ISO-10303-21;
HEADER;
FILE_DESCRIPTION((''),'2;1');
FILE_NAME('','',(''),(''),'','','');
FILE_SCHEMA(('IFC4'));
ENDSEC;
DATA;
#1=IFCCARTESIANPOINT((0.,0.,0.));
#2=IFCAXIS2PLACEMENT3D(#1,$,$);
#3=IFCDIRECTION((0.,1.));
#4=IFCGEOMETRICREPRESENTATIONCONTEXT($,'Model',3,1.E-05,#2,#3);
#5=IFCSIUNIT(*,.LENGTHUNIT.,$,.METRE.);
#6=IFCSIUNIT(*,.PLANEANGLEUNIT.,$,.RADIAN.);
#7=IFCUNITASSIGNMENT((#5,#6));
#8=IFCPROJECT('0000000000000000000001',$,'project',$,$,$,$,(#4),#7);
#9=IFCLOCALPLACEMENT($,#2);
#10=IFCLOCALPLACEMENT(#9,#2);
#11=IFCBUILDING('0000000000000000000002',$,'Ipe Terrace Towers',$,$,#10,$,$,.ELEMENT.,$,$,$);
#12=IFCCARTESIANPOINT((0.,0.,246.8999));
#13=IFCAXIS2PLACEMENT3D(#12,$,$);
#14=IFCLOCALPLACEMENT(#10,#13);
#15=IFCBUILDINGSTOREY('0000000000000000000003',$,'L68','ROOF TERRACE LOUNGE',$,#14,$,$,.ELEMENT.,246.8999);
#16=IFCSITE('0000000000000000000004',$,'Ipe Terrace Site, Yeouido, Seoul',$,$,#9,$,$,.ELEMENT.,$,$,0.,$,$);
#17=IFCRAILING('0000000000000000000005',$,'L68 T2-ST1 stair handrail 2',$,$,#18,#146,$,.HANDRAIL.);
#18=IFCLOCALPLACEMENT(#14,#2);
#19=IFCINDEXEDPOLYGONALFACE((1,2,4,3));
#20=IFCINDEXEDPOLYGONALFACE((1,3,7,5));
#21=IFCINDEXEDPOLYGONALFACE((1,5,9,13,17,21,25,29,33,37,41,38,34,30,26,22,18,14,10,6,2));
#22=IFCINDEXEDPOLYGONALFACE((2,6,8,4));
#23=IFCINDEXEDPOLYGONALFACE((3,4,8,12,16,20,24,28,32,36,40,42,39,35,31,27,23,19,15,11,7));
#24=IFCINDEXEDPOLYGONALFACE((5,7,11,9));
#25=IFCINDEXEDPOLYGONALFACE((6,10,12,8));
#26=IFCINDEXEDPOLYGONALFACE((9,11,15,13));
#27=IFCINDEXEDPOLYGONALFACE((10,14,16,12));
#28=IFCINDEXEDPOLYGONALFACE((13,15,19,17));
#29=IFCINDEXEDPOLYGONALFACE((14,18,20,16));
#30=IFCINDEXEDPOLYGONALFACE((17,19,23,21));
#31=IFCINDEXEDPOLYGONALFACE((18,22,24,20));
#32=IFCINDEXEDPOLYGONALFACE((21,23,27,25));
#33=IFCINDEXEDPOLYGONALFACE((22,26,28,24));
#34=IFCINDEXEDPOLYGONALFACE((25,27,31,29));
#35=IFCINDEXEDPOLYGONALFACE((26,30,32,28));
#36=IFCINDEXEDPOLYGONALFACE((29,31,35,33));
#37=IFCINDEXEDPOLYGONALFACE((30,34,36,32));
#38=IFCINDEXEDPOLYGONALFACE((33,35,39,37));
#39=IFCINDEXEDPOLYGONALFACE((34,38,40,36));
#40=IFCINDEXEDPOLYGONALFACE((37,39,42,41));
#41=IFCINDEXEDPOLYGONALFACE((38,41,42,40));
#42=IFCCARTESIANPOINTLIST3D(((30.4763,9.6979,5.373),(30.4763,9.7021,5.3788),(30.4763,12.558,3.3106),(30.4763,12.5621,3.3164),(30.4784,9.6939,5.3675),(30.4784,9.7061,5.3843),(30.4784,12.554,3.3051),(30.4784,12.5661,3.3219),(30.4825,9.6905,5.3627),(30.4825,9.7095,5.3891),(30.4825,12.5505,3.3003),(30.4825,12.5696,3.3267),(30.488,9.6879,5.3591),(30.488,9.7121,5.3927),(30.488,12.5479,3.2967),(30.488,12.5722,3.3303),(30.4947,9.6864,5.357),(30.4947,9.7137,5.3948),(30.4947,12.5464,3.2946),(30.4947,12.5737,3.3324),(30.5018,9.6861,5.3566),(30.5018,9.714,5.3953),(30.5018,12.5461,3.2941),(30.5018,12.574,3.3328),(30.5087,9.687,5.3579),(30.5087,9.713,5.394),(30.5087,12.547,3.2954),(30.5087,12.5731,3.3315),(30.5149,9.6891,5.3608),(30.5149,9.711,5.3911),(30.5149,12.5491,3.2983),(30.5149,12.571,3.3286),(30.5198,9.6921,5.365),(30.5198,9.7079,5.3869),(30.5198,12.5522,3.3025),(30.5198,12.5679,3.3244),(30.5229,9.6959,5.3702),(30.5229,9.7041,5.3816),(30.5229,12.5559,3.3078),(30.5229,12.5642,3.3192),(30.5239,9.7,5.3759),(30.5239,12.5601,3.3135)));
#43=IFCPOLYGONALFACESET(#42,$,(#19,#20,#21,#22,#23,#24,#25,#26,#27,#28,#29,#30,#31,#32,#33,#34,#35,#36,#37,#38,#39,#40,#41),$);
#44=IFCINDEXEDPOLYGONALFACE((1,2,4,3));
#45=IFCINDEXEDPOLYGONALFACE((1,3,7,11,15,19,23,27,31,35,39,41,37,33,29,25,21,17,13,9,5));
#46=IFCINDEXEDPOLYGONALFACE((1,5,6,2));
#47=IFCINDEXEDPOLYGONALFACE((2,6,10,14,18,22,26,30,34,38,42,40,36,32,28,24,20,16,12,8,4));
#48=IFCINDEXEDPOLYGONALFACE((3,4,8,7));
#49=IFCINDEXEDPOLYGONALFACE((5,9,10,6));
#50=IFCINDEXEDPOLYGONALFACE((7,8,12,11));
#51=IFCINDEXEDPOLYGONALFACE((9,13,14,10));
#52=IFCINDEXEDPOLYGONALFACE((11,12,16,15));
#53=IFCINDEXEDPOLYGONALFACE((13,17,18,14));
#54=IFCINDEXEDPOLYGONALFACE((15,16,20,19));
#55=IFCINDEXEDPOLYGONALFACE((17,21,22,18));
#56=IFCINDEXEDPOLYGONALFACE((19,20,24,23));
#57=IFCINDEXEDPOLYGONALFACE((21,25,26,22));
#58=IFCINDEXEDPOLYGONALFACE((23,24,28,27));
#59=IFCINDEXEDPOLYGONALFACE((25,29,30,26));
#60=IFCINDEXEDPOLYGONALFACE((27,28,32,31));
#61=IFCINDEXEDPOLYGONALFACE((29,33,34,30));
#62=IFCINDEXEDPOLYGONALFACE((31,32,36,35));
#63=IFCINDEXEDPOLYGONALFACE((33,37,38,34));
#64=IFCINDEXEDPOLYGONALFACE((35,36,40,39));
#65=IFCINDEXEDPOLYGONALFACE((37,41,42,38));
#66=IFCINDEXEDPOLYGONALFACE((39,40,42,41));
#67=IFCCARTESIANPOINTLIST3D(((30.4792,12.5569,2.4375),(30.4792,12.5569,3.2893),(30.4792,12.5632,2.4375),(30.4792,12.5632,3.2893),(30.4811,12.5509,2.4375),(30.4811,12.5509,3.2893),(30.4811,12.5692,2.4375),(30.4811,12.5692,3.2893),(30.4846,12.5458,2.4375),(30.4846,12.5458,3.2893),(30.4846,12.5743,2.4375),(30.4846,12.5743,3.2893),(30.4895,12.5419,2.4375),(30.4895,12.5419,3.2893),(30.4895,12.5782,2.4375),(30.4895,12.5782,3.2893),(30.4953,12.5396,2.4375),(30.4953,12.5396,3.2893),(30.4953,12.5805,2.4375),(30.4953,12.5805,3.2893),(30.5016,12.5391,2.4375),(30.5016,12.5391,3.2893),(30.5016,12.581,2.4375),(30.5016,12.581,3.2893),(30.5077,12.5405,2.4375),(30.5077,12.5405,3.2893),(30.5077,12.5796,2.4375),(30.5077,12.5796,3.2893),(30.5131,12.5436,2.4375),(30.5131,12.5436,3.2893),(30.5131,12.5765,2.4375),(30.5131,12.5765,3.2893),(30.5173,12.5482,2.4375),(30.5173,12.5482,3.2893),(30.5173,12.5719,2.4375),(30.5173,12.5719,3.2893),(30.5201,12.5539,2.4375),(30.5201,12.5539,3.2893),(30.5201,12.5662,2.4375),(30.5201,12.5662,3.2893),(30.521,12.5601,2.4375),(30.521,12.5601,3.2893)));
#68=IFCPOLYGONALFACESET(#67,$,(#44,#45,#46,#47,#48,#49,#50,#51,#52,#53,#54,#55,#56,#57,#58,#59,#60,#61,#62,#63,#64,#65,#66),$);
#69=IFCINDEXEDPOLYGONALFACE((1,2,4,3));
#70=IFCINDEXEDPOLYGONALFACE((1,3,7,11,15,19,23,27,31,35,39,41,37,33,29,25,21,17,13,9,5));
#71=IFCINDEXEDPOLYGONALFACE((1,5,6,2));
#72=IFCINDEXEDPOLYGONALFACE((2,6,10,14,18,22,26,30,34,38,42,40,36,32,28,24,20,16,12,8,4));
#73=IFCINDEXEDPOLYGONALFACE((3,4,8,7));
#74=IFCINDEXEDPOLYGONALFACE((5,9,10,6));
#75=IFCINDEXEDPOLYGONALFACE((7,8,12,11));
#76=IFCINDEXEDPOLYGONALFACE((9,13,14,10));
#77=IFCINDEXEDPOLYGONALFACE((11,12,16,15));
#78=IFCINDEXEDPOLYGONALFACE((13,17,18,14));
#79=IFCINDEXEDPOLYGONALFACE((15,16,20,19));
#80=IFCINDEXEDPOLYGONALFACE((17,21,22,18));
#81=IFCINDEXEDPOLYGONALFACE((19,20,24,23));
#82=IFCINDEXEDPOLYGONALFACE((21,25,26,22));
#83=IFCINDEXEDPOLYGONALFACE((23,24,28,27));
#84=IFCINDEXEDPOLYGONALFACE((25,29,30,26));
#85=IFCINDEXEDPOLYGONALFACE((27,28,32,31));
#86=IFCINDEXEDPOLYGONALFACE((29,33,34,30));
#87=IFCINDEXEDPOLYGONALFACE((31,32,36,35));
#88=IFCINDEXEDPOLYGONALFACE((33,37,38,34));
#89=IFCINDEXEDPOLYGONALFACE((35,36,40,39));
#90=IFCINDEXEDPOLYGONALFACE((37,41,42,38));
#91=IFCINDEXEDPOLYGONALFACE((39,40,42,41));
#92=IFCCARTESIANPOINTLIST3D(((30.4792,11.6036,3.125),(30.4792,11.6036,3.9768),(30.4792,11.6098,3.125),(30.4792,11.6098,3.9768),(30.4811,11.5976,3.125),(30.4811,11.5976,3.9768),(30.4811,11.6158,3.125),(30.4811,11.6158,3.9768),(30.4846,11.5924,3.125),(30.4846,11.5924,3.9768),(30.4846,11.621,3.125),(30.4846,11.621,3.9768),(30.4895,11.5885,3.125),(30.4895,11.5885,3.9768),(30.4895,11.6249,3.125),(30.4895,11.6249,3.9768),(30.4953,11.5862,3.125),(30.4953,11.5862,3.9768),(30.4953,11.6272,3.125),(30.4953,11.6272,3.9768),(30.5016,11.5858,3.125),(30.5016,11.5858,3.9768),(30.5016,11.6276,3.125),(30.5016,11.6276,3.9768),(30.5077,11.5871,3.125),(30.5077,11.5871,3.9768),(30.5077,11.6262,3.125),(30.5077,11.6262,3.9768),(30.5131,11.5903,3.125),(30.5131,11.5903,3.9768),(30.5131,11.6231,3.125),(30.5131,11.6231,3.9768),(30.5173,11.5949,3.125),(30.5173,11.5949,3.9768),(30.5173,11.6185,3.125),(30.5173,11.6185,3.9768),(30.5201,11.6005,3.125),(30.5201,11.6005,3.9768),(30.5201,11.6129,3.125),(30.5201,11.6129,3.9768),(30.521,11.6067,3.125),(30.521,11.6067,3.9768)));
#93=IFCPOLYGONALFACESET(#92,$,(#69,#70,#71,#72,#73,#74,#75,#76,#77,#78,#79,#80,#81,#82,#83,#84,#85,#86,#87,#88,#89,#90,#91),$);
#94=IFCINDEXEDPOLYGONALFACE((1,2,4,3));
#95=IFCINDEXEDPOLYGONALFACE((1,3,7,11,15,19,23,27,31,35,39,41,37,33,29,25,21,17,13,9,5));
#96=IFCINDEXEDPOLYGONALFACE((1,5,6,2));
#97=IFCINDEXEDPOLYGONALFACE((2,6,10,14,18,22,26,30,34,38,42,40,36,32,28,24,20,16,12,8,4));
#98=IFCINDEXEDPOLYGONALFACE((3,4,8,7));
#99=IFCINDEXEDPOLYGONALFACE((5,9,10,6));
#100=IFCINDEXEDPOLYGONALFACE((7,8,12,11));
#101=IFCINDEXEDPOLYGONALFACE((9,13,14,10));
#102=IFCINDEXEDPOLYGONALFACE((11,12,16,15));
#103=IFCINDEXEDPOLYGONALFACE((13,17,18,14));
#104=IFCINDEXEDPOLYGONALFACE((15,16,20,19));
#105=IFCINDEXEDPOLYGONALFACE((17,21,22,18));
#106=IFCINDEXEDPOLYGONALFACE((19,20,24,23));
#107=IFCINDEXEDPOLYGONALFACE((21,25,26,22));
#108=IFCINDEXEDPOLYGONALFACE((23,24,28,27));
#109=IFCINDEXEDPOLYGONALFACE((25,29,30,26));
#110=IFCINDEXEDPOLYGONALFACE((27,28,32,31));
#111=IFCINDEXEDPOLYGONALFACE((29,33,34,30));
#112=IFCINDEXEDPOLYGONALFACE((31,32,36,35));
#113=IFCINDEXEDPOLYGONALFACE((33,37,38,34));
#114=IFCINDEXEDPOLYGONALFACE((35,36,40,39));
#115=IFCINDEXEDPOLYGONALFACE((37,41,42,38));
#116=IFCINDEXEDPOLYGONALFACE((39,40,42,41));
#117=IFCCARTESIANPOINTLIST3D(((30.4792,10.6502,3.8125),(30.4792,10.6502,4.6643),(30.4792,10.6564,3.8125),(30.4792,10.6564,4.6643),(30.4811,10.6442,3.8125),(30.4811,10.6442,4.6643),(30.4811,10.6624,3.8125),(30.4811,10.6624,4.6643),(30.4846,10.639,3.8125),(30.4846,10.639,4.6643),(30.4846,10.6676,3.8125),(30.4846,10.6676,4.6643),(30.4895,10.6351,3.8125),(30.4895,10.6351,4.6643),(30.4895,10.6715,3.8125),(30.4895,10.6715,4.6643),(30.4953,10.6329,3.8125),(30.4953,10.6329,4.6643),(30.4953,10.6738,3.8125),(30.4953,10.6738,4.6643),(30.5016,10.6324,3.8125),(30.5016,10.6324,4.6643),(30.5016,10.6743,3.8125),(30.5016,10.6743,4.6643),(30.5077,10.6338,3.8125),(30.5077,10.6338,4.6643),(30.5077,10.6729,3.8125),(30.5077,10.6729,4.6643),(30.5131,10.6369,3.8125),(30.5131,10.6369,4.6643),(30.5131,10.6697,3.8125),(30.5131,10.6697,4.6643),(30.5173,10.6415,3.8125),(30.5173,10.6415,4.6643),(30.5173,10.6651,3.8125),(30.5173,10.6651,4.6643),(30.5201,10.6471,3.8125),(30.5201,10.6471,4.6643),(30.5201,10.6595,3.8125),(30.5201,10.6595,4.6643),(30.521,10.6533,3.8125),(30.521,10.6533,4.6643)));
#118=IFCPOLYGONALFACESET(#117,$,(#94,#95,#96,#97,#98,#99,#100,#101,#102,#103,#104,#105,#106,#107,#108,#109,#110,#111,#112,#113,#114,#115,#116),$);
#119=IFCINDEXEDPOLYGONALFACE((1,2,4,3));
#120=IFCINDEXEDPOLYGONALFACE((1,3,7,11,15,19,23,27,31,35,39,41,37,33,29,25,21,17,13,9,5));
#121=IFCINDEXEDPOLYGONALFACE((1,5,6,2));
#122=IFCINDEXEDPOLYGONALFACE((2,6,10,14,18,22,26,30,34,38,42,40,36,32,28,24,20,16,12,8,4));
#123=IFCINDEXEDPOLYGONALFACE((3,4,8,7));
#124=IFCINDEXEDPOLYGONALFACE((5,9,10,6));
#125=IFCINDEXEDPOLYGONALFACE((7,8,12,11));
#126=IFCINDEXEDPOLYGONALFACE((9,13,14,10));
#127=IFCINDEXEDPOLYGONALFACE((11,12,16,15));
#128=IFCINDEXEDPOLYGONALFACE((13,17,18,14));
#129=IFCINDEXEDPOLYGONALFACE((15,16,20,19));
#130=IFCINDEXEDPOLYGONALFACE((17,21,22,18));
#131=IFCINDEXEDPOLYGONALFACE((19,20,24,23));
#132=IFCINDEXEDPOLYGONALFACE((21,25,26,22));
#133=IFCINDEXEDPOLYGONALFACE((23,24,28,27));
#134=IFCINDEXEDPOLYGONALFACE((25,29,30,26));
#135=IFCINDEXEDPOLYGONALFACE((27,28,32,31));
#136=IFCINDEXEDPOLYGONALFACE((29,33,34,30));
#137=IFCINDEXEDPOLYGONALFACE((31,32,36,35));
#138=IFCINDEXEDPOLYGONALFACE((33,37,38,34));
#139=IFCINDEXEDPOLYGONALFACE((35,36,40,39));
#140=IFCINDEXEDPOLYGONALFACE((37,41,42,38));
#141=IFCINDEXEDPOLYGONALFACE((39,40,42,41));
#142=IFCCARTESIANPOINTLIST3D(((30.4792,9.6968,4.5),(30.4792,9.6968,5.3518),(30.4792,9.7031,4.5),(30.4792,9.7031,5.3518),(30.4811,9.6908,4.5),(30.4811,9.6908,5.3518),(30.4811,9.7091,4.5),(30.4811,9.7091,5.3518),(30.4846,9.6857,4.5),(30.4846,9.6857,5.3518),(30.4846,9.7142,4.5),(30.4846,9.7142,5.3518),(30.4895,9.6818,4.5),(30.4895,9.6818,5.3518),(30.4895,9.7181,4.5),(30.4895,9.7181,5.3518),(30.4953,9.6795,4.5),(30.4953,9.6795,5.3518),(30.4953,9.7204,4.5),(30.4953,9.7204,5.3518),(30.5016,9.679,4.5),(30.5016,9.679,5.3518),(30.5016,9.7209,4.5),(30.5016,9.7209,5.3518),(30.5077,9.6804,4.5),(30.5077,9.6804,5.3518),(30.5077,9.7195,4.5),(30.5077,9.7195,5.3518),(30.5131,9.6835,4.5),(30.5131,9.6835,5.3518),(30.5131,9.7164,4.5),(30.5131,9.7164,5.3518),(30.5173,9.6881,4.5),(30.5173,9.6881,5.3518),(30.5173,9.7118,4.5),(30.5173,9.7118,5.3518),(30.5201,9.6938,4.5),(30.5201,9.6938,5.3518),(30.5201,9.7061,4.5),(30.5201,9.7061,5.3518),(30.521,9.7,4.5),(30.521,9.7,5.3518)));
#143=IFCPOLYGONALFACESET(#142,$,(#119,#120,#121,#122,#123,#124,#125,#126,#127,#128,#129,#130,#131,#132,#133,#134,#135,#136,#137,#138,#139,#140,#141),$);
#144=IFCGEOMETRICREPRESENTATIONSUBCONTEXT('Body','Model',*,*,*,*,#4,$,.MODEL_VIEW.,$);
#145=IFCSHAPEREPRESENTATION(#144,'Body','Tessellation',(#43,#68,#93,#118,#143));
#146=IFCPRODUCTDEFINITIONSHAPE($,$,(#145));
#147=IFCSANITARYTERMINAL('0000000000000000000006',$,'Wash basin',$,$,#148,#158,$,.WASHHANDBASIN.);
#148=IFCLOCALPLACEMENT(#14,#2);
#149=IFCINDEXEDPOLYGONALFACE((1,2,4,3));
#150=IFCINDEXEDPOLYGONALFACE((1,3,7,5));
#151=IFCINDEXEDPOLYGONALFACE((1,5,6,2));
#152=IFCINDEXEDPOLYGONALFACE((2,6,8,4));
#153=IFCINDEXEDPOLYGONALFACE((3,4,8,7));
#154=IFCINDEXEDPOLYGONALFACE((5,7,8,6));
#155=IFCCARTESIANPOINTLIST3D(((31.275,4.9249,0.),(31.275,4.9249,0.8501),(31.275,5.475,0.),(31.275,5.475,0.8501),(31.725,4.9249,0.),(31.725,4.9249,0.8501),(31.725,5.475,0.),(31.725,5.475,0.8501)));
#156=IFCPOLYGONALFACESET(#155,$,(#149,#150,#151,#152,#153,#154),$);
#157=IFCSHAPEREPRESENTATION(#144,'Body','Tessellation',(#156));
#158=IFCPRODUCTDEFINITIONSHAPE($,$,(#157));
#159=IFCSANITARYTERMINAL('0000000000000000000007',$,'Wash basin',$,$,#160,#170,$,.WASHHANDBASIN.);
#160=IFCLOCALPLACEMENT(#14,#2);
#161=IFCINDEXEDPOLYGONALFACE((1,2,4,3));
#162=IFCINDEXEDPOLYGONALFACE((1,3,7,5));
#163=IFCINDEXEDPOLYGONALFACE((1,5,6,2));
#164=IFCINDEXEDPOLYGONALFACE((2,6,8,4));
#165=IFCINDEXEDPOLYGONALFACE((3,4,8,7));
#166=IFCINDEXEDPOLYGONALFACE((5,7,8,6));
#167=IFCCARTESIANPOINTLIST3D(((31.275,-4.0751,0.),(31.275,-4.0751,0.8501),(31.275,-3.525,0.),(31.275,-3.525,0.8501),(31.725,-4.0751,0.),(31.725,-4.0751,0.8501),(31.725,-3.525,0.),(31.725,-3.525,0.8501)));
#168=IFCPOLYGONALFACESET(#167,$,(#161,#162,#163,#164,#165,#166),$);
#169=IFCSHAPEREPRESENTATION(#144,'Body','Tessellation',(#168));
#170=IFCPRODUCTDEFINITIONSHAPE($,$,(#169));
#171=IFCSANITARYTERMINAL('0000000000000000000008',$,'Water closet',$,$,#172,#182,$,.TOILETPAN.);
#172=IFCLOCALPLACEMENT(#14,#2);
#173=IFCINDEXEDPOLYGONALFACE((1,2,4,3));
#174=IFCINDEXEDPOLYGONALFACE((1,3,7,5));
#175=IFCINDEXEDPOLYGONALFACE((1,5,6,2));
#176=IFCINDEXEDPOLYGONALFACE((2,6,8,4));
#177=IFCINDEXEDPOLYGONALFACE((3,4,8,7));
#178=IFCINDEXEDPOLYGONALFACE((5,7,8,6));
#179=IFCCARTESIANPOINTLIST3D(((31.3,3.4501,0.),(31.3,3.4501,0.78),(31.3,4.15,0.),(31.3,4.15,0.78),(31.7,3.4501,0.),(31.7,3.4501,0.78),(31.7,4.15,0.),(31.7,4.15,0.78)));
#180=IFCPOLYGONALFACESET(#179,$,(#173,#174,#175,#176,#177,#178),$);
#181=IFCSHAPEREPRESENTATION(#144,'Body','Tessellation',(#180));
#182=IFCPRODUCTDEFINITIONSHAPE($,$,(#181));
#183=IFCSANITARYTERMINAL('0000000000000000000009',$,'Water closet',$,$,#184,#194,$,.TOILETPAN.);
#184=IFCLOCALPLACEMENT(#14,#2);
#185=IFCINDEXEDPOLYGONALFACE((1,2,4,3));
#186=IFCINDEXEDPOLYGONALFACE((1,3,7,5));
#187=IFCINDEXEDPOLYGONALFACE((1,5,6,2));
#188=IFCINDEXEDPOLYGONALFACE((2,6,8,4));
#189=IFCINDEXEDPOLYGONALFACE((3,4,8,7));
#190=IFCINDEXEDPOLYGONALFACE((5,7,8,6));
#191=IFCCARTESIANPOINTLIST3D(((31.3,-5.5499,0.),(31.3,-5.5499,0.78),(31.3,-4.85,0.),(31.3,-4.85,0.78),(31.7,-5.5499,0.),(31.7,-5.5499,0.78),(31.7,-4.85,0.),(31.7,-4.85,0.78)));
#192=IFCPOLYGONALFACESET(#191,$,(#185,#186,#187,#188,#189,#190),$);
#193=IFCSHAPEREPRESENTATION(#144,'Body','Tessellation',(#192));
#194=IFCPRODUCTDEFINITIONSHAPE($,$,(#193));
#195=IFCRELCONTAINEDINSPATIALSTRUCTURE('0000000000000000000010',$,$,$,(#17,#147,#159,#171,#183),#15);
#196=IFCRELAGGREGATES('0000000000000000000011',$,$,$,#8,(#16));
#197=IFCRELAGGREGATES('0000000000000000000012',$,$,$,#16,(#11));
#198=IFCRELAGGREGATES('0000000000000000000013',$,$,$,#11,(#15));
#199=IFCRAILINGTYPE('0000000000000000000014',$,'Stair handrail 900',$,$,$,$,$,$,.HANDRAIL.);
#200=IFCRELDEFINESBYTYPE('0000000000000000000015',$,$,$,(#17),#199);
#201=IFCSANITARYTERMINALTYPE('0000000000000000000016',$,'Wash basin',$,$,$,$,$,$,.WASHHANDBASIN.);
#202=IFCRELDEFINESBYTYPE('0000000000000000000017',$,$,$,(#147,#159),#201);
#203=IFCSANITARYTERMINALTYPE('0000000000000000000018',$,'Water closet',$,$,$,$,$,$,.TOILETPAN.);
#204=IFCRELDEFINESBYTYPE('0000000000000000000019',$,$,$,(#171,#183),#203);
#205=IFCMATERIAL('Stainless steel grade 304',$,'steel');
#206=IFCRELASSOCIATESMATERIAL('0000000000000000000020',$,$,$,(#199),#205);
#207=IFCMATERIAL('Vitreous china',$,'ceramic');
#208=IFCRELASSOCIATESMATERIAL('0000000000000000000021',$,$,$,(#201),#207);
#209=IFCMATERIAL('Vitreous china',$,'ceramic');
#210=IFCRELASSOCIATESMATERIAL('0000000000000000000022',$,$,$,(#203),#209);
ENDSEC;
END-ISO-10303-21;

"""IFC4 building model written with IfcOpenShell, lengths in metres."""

from ifc_helpers import new_model, si_unit, direction, frame, origin, origin_2d, place, context, subcontext, project, spatial, rectangle, circle, extrude, material, type_object, element, save


model = new_model("IFC4")

# Units and contexts
model_context = context("Model", 3, precision=1e-05, world=origin(), true_north=direction((0.0, 1.0)))
body_context = subcontext(model_context, "Body", "Model", "MODEL_VIEW")
ifc_project = project(units=[si_unit("LENGTHUNIT", "METRE"), si_unit("PLANEANGLEUNIT", "RADIAN")], contexts=[model_context])

# Site, building, storey
site_placement = place(None, origin())
site = spatial("IfcSite", under=ifc_project, at=site_placement, Name="Ipe Terrace Site, Yeouido, Seoul", CompositionType="ELEMENT", RefElevation=0.0)
building_placement = place(site_placement, origin())
building = spatial("IfcBuilding", under=site, at=building_placement, Name="Ipe Terrace Towers", CompositionType="ELEMENT")
storey_placement = place(building_placement, frame((0.0, 0.0, 246.8999)))
storey = spatial("IfcBuildingStorey", under=building, at=storey_placement, Name="L68", Description="ROOF TERRACE LOUNGE", CompositionType="ELEMENT", Elevation=246.8999)

# Railing
ifc_material_1 = material(Name="Stainless steel grade 304", Category="steel")
railing_type_1 = type_object("IfcRailingType", Name="Stair handrail 900", PredefinedType="HANDRAIL", material=ifc_material_1)
railing_1_placement = place(storey_placement, frame((30.5, 12.5601, 2.4375)))
element("IfcRailing", 1, at=railing_1_placement, inside=storey, type_object=railing_type_1, Name="L68 T2-ST1 stair handrail 2", PredefinedType="HANDRAIL", context=body_context, shape_type="SweptSolid", body=[
    extrude(circle(Radius=0.0239, at=origin_2d()), frame((0.0, 0.0, 0.876), z_axis=(0.0, -0.811101, 0.584906), x_axis=(1.0, 0.0, 0.0)), (0.0, 0.0, 1.0), 3.5261),
    extrude(circle(Radius=0.021, at=origin_2d()), origin(), (0.0, 0.0, 1.0), 0.8518),
    extrude(circle(Radius=0.021, at=origin_2d()), frame((0.0, -0.9534, 0.6875)), (0.0, 0.0, 1.0), 0.8518),
    extrude(circle(Radius=0.021, at=origin_2d()), frame((0.0, -1.9067, 1.375)), (0.0, 0.0, 1.0), 0.8518),
    extrude(circle(Radius=0.021, at=origin_2d()), frame((0.0, -2.8601, 2.0625)), (0.0, 0.0, 1.0), 0.8518),
])

# Sanitary terminals
ifc_material_2 = material(Name="Vitreous china", Category="ceramic")
sanitary_terminal_type_1 = type_object("IfcSanitaryTerminalType", Name="Wash basin", PredefinedType="WASHHANDBASIN", material=ifc_material_2)
for number, where, z_axis, x_axis, name in (
    (2, (31.5, 5.2, 0.0), (0.0, 0.0, 1.0), (0.0, 1.0, 0.0), "Wash basin"),
    (3, (31.5, -3.8, 0.0), (0.0, 0.0, 1.0), (0.0, 1.0, 0.0), "Wash basin"),
):
    element("IfcSanitaryTerminal", number, at=place(storey_placement, frame(where, z_axis=z_axis, x_axis=x_axis)), inside=storey, type_object=sanitary_terminal_type_1, Name=name, PredefinedType="WASHHANDBASIN", context=body_context, shape_type="SweptSolid", body=[
        extrude(rectangle(XDim=0.55, YDim=0.45, at=origin_2d()), origin(), (0.0, 0.0, 1.0), 0.8501),
    ])
ifc_material_3 = material(Name="Vitreous china", Category="ceramic")
sanitary_terminal_type_2 = type_object("IfcSanitaryTerminalType", Name="Water closet", PredefinedType="TOILETPAN", material=ifc_material_3)
for number, where, z_axis, x_axis, name in (
    (4, (31.5, 3.8, 0.0), (0.0, 0.0, 1.0), (0.0, 1.0, 0.0), "Water closet"),
    (5, (31.5, -5.2, 0.0), (0.0, 0.0, 1.0), (0.0, 1.0, 0.0), "Water closet"),
):
    element("IfcSanitaryTerminal", number, at=place(storey_placement, frame(where, z_axis=z_axis, x_axis=x_axis)), inside=storey, type_object=sanitary_terminal_type_2, Name=name, PredefinedType="TOILETPAN", context=body_context, shape_type="SweptSolid", body=[
        extrude(rectangle(XDim=0.7, YDim=0.3999, at=origin_2d()), origin(), (0.0, 0.0, 1.0), 0.78),
    ])

save(model, "model.ifc")
